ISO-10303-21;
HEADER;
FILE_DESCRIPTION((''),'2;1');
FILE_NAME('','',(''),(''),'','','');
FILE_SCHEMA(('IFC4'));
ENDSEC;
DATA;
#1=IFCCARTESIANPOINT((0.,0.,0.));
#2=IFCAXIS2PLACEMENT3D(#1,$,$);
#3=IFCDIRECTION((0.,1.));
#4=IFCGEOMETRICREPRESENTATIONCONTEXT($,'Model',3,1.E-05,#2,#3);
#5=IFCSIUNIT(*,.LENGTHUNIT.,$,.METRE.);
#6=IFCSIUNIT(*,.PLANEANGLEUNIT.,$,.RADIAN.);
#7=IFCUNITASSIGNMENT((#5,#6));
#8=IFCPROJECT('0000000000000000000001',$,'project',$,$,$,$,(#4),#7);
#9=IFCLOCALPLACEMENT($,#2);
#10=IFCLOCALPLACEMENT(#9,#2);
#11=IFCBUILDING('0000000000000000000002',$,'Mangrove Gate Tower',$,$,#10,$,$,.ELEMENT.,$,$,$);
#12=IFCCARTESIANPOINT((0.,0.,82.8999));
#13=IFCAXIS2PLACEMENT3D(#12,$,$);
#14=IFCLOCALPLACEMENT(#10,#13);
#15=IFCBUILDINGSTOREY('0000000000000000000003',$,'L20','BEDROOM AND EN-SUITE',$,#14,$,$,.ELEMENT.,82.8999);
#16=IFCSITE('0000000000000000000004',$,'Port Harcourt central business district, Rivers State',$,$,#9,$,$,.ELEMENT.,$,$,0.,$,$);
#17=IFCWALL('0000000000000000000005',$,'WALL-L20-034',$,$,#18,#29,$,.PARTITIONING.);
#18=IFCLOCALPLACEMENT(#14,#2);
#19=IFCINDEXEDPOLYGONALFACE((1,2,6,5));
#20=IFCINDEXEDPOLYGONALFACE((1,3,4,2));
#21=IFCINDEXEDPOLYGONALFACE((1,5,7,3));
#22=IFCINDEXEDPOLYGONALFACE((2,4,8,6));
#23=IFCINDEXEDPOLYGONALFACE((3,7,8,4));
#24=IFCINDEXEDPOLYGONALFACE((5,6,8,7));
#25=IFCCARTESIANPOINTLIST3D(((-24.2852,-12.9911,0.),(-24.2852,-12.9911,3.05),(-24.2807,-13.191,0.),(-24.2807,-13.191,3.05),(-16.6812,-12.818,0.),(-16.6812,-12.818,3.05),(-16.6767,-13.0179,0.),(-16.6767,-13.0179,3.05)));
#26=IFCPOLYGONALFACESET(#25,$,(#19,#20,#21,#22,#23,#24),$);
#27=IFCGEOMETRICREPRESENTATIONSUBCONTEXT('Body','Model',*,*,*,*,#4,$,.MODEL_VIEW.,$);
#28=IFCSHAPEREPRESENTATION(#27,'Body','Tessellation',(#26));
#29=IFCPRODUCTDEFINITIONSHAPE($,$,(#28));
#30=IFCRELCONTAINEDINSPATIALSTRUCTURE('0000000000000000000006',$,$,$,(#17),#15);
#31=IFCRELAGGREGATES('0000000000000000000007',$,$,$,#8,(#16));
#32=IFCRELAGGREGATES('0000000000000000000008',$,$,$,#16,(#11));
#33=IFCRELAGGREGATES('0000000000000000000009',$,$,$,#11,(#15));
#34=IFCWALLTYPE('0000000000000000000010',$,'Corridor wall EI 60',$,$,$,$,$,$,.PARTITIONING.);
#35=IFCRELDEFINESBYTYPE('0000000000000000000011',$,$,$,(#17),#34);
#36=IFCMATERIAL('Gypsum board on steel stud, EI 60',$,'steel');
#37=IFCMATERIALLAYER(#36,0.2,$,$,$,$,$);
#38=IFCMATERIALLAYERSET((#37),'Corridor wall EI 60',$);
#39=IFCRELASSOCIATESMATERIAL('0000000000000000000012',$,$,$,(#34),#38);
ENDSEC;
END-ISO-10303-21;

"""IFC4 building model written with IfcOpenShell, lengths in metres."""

from ifc_helpers import new_model, si_unit, direction, frame, frame_2d, origin, place, context, subcontext, project, spatial, rectangle, extrude, material, layer, layer_set, type_object, element, save


model = new_model("IFC4")

# Units and contexts
model_context = context("Model", 3, precision=1e-05, world=origin(), true_north=direction((0.0, 1.0)))
body_context = subcontext(model_context, "Body", "Model", "MODEL_VIEW")
ifc_project = project(units=[si_unit("LENGTHUNIT", "METRE"), si_unit("PLANEANGLEUNIT", "RADIAN")], contexts=[model_context])

# Site, building, storey
site_placement = place(None, origin())
site = spatial("IfcSite", under=ifc_project, at=site_placement, Name="Port Harcourt central business district, Rivers State", CompositionType="ELEMENT", RefElevation=0.0)
building_placement = place(site_placement, origin())
building = spatial("IfcBuilding", under=site, at=building_placement, Name="Mangrove Gate Tower", CompositionType="ELEMENT")
storey_placement = place(building_placement, frame((0.0, 0.0, 82.8999)))
storey = spatial("IfcBuildingStorey", under=building, at=storey_placement, Name="L20", Description="BEDROOM AND EN-SUITE", CompositionType="ELEMENT", Elevation=82.8999)

# Shared definitions
ifc_material_1 = material(Name="Gypsum board on steel stud, EI 60", Category="steel")
ifc_layer = layer(ifc_material_1, 0.2)
ifc_layer_set = layer_set([ifc_layer], Name="Corridor wall EI 60")
wall_type = type_object("IfcWallType", Name="Corridor wall EI 60", PredefinedType="PARTITIONING", material=ifc_layer_set)

# Wall
wall_1_placement = place(storey_placement, frame((-24.283, -13.0911, 0.0), z_axis=(0.0, 0.0, 1.0), x_axis=(0.999741, 0.022758, 0.0)))
element("IfcWall", 1, at=wall_1_placement, inside=storey, type_object=wall_type, Name="WALL-L20-034", PredefinedType="PARTITIONING", context=body_context, shape_type="SweptSolid", body=[
    extrude(rectangle(XDim=7.606, YDim=0.2, at=frame_2d((3.803, 0.0))), origin(), (0.0, 0.0, 1.0), 3.05),
])

save(model, "model.ifc")
